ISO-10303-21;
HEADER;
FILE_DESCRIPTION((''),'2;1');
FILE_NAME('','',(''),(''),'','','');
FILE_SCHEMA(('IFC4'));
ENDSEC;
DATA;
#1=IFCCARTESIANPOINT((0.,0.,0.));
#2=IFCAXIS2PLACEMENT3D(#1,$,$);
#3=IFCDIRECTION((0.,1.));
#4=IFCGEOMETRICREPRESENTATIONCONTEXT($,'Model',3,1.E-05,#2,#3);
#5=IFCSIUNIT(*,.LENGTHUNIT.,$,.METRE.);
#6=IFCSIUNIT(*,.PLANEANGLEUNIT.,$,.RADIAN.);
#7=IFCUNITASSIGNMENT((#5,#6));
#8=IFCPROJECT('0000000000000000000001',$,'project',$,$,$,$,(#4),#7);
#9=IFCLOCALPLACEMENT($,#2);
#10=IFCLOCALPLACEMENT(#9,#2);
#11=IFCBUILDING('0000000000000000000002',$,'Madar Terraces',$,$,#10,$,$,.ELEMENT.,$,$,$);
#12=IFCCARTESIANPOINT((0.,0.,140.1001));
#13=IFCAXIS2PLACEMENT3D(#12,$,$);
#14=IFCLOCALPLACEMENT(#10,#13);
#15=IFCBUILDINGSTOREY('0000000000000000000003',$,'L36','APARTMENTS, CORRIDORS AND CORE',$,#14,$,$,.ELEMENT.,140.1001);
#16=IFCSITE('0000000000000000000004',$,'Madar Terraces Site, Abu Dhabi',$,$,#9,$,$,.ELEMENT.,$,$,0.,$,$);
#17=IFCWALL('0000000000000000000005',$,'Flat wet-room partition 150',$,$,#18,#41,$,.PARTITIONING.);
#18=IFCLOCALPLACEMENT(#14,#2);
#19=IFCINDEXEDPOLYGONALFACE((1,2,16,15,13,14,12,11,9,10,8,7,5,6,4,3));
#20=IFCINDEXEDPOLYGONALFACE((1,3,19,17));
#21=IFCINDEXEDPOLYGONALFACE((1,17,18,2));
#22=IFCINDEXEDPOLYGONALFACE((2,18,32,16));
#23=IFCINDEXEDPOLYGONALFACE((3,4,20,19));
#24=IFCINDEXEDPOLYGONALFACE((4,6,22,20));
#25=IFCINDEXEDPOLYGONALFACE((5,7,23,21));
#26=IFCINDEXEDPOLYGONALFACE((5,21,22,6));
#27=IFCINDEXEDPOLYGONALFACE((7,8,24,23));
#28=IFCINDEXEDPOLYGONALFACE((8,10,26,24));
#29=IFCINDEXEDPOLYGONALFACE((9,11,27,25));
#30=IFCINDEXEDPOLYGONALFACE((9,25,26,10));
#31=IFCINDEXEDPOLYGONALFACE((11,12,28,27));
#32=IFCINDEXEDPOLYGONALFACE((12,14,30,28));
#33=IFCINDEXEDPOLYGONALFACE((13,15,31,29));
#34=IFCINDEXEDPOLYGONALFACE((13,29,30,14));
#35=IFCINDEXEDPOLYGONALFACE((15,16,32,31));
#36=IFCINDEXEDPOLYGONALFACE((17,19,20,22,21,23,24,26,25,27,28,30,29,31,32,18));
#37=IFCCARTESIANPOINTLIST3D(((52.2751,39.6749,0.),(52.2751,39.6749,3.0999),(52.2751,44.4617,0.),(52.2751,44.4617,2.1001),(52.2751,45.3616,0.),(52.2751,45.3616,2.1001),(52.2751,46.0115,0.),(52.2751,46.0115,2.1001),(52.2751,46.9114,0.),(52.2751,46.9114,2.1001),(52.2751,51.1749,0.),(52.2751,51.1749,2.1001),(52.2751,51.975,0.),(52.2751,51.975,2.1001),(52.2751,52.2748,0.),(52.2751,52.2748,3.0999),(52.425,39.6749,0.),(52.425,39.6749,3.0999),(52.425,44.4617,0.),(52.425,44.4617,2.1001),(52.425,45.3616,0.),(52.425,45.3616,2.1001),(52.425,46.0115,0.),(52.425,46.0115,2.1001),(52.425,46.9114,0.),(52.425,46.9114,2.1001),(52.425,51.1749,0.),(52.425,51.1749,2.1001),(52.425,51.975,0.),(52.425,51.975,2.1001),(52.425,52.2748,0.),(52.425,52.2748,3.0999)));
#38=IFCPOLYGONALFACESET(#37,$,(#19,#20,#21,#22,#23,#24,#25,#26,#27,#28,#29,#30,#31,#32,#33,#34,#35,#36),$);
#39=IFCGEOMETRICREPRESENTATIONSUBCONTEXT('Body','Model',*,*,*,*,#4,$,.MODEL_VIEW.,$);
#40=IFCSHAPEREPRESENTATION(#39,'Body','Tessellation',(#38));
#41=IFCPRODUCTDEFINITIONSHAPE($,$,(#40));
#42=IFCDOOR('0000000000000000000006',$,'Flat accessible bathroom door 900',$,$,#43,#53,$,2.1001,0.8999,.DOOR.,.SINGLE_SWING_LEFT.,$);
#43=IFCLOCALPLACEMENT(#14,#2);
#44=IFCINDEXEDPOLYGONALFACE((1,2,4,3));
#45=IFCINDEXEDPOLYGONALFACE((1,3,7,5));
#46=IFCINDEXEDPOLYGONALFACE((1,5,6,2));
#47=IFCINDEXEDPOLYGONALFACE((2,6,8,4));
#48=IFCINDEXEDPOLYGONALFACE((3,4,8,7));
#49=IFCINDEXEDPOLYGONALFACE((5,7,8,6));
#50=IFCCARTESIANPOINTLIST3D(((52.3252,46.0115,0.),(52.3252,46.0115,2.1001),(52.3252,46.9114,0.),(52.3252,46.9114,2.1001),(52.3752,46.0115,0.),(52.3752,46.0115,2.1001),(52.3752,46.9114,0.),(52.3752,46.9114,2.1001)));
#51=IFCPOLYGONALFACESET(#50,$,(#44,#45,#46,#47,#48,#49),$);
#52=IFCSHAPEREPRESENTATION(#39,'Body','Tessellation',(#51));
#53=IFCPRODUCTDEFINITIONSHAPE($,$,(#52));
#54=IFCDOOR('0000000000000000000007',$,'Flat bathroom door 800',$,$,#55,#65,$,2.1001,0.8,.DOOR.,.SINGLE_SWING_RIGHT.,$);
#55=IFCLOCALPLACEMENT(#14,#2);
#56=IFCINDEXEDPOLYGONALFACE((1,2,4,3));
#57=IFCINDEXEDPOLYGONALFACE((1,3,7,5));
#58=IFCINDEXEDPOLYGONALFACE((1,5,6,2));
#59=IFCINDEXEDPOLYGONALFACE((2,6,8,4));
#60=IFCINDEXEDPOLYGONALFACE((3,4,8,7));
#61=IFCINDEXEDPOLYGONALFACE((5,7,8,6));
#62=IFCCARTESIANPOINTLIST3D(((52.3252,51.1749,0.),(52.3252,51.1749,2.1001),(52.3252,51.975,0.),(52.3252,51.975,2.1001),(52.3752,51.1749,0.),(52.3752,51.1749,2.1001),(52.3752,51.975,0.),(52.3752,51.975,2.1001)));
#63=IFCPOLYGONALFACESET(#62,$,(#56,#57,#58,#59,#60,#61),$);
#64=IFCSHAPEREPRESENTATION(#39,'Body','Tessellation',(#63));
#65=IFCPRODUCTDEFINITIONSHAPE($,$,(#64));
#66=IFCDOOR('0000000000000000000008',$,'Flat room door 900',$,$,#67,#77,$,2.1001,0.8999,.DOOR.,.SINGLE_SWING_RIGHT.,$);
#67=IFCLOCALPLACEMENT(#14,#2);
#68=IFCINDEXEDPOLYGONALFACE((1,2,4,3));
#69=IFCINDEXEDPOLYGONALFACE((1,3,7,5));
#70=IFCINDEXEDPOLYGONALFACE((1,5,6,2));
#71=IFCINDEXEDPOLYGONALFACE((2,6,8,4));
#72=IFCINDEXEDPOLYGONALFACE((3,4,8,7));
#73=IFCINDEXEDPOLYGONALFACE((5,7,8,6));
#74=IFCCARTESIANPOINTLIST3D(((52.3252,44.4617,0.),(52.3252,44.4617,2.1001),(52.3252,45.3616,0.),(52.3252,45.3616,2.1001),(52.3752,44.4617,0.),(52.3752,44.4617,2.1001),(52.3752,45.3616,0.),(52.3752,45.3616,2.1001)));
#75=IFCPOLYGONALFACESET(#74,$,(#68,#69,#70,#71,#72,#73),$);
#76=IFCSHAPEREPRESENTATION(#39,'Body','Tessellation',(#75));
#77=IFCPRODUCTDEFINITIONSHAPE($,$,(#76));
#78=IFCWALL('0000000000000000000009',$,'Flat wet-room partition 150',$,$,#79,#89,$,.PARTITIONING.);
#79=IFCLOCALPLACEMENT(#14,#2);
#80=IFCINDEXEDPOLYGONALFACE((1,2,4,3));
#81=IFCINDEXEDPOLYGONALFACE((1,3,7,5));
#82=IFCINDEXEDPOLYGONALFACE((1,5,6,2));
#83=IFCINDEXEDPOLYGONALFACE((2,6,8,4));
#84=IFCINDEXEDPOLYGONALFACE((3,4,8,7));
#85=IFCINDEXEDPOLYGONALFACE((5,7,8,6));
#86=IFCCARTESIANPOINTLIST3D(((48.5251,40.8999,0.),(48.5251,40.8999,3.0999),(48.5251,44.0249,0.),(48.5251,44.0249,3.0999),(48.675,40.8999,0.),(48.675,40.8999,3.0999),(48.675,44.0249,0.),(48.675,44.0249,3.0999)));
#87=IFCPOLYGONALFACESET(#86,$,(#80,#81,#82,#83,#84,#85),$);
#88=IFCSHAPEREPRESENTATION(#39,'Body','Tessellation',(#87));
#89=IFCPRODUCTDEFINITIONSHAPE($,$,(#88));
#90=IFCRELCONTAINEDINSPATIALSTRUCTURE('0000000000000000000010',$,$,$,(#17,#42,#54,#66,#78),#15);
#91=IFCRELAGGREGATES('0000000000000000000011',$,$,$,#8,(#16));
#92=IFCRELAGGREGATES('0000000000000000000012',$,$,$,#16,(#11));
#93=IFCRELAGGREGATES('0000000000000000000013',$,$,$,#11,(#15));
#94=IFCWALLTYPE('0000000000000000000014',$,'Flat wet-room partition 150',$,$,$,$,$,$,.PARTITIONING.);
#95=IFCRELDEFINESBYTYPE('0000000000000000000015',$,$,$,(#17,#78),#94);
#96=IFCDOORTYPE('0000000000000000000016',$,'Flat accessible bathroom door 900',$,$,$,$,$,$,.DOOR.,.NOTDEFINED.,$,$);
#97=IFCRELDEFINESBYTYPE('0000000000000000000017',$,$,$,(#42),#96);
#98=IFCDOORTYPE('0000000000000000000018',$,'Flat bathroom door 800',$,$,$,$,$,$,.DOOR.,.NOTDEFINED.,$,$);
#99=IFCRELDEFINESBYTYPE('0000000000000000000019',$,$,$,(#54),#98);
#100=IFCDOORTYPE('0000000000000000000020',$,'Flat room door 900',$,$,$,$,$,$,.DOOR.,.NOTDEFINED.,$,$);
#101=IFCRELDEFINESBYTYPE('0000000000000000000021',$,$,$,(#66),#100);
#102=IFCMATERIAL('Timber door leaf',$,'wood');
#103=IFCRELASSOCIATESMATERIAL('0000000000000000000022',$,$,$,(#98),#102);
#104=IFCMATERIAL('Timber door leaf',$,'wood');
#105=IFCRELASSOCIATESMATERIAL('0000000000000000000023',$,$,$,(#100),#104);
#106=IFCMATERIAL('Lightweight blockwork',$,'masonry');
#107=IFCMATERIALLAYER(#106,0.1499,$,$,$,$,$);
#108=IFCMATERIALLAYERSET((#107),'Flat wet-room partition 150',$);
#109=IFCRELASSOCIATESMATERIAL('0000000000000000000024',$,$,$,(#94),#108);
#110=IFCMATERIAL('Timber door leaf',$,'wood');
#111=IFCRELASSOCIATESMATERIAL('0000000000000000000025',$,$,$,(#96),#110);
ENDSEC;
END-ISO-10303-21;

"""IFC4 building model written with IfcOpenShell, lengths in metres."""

from ifc_helpers import new_model, si_unit, direction, frame, frame_2d, origin, place, context, subcontext, project, spatial, rectangle, extrude, material, layer, layer_set, type_object, element, fill, save


model = new_model("IFC4")

# Units and contexts
model_context = context("Model", 3, precision=1e-05, world=origin(), true_north=direction((0.0, 1.0)))
body_context = subcontext(model_context, "Body", "Model", "MODEL_VIEW")
ifc_project = project(units=[si_unit("LENGTHUNIT", "METRE"), si_unit("PLANEANGLEUNIT", "RADIAN")], contexts=[model_context])

# Site, building, storey
site_placement = place(None, origin())
site = spatial("IfcSite", under=ifc_project, at=site_placement, Name="Madar Terraces Site, Abu Dhabi", CompositionType="ELEMENT", RefElevation=0.0)
building_placement = place(site_placement, origin())
building = spatial("IfcBuilding", under=site, at=building_placement, Name="Madar Terraces", CompositionType="ELEMENT")
storey_placement = place(building_placement, frame((0.0, 0.0, 140.1001)))
storey = spatial("IfcBuildingStorey", under=building, at=storey_placement, Name="L36", Description="APARTMENTS, CORRIDORS AND CORE", CompositionType="ELEMENT", Elevation=140.1001)

# Shared definitions
ifc_material_1 = material(Name="Timber door leaf", Category="wood")
door_type_1 = type_object("IfcDoorType", Name="Flat bathroom door 800", OperationType="NOTDEFINED", PredefinedType="DOOR", material=ifc_material_1)
ifc_material_2 = material(Name="Timber door leaf", Category="wood")
door_type_2 = type_object("IfcDoorType", Name="Flat room door 900", OperationType="NOTDEFINED", PredefinedType="DOOR", material=ifc_material_2)

# Shared definitions
ifc_material_3 = material(Name="Lightweight blockwork", Category="masonry")
ifc_layer_1 = layer(ifc_material_3, 0.1499)
ifc_layer_set_1 = layer_set([ifc_layer_1], Name="Flat wet-room partition 150")
wall_type_1 = type_object("IfcWallType", Name="Flat wet-room partition 150", PredefinedType="PARTITIONING", material=ifc_layer_set_1)

# Wall, openings, doors
wall_1_placement = place(storey_placement, frame((52.3501, 39.675, 0.0), z_axis=(0.0, 0.0, 1.0), x_axis=(0.0, 1.0, 0.0)))
wall_1 = element("IfcWall", 1, at=wall_1_placement, inside=storey, type_object=wall_type_1, Name="Flat wet-room partition 150", PredefinedType="PARTITIONING", context=body_context, shape_type="SweptSolid", body=[
    extrude(rectangle(XDim=12.5999, YDim=0.1499, at=frame_2d((6.2998, 0.0))), origin(), (0.0, 0.0, 1.0), 3.0999),
])
opening_1_placement = place(wall_1_placement, frame((4.7866, 0.0, 0.0)))
opening_1 = element("IfcOpeningElement", 2, at=opening_1_placement, cuts=wall_1, PredefinedType="OPENING", context=body_context, shape_type="SweptSolid", body=[
    extrude(rectangle(XDim=0.8999, YDim=2.1001, at=frame_2d((0.45, 1.05))), frame((0.0, 0.085, 0.0), z_axis=(0.0, -1.0, 0.0), x_axis=(1.0, 0.0, 0.0)), (0.0, 0.0, 1.0), 0.1699),
])
opening_2_placement = place(wall_1_placement, frame((6.3364, 0.0, 0.0)))
opening_2 = element("IfcOpeningElement", 3, at=opening_2_placement, cuts=wall_1, PredefinedType="OPENING", context=body_context, shape_type="SweptSolid", body=[
    extrude(rectangle(XDim=0.8999, YDim=2.1001, at=frame_2d((0.45, 1.05))), frame((0.0, 0.085, 0.0), z_axis=(0.0, -1.0, 0.0), x_axis=(1.0, 0.0, 0.0)), (0.0, 0.0, 1.0), 0.1699),
])
opening_3_placement = place(wall_1_placement, frame((11.5, 0.0, 0.0)))
opening_3 = element("IfcOpeningElement", 4, at=opening_3_placement, cuts=wall_1, PredefinedType="OPENING", context=body_context, shape_type="SweptSolid", body=[
    extrude(rectangle(XDim=0.8, YDim=2.1001, at=frame_2d((0.3999, 1.05))), frame((0.0, 0.085, 0.0), z_axis=(0.0, -1.0, 0.0), x_axis=(1.0, 0.0, 0.0)), (0.0, 0.0, 1.0), 0.1699),
])
ifc_material_4 = material(Name="Timber door leaf", Category="wood")
door_type_3 = type_object("IfcDoorType", Name="Flat accessible bathroom door 900", OperationType="NOTDEFINED", PredefinedType="DOOR", material=ifc_material_4)
door_1_placement = place(opening_2_placement, origin())
door_1 = element("IfcDoor", 5, at=door_1_placement, inside=storey, type_object=door_type_3, Name="Flat accessible bathroom door 900", OperationType="SINGLE_SWING_LEFT", OverallHeight=2.1001, OverallWidth=0.8999, PredefinedType="DOOR", context=body_context, shape_type="SweptSolid", body=[
    extrude(rectangle(XDim=0.8999, YDim=2.1001, at=frame_2d((0.45, 1.05))), frame((0.0, 0.0249, 0.0), z_axis=(0.0, -1.0, 0.0), x_axis=(1.0, 0.0, 0.0)), (0.0, 0.0, 1.0), 0.05),
])
fill(opening_2, door_1)
door_2_placement = place(opening_3_placement, origin())
door_2 = element("IfcDoor", 6, at=door_2_placement, inside=storey, type_object=door_type_1, Name="Flat bathroom door 800", OperationType="SINGLE_SWING_RIGHT", OverallHeight=2.1001, OverallWidth=0.8, PredefinedType="DOOR", context=body_context, shape_type="SweptSolid", body=[
    extrude(rectangle(XDim=0.8, YDim=2.1001, at=frame_2d((0.3999, 1.05))), frame((0.0, 0.0249, 0.0), z_axis=(0.0, -1.0, 0.0), x_axis=(1.0, 0.0, 0.0)), (0.0, 0.0, 1.0), 0.05),
])
fill(opening_3, door_2)
door_3_placement = place(opening_1_placement, origin())
door_3 = element("IfcDoor", 7, at=door_3_placement, inside=storey, type_object=door_type_2, Name="Flat room door 900", OperationType="SINGLE_SWING_RIGHT", OverallHeight=2.1001, OverallWidth=0.8999, PredefinedType="DOOR", context=body_context, shape_type="SweptSolid", body=[
    extrude(rectangle(XDim=0.8999, YDim=2.1001, at=frame_2d((0.45, 1.05))), frame((0.0, 0.0249, 0.0), z_axis=(0.0, -1.0, 0.0), x_axis=(1.0, 0.0, 0.0)), (0.0, 0.0, 1.0), 0.05),
])
fill(opening_1, door_3)

# Wall
wall_2_placement = place(storey_placement, frame((48.6001, 40.8999, 0.0), z_axis=(0.0, 0.0, 1.0), x_axis=(0.0, 1.0, 0.0)))
element("IfcWall", 8, at=wall_2_placement, inside=storey, type_object=wall_type_1, Name="Flat wet-room partition 150", PredefinedType="PARTITIONING", context=body_context, shape_type="SweptSolid", body=[
    extrude(rectangle(XDim=3.125, YDim=0.1499, at=frame_2d((1.5625, 0.0))), origin(), (0.0, 0.0, 1.0), 3.0999),
])

save(model, "model.ifc")
